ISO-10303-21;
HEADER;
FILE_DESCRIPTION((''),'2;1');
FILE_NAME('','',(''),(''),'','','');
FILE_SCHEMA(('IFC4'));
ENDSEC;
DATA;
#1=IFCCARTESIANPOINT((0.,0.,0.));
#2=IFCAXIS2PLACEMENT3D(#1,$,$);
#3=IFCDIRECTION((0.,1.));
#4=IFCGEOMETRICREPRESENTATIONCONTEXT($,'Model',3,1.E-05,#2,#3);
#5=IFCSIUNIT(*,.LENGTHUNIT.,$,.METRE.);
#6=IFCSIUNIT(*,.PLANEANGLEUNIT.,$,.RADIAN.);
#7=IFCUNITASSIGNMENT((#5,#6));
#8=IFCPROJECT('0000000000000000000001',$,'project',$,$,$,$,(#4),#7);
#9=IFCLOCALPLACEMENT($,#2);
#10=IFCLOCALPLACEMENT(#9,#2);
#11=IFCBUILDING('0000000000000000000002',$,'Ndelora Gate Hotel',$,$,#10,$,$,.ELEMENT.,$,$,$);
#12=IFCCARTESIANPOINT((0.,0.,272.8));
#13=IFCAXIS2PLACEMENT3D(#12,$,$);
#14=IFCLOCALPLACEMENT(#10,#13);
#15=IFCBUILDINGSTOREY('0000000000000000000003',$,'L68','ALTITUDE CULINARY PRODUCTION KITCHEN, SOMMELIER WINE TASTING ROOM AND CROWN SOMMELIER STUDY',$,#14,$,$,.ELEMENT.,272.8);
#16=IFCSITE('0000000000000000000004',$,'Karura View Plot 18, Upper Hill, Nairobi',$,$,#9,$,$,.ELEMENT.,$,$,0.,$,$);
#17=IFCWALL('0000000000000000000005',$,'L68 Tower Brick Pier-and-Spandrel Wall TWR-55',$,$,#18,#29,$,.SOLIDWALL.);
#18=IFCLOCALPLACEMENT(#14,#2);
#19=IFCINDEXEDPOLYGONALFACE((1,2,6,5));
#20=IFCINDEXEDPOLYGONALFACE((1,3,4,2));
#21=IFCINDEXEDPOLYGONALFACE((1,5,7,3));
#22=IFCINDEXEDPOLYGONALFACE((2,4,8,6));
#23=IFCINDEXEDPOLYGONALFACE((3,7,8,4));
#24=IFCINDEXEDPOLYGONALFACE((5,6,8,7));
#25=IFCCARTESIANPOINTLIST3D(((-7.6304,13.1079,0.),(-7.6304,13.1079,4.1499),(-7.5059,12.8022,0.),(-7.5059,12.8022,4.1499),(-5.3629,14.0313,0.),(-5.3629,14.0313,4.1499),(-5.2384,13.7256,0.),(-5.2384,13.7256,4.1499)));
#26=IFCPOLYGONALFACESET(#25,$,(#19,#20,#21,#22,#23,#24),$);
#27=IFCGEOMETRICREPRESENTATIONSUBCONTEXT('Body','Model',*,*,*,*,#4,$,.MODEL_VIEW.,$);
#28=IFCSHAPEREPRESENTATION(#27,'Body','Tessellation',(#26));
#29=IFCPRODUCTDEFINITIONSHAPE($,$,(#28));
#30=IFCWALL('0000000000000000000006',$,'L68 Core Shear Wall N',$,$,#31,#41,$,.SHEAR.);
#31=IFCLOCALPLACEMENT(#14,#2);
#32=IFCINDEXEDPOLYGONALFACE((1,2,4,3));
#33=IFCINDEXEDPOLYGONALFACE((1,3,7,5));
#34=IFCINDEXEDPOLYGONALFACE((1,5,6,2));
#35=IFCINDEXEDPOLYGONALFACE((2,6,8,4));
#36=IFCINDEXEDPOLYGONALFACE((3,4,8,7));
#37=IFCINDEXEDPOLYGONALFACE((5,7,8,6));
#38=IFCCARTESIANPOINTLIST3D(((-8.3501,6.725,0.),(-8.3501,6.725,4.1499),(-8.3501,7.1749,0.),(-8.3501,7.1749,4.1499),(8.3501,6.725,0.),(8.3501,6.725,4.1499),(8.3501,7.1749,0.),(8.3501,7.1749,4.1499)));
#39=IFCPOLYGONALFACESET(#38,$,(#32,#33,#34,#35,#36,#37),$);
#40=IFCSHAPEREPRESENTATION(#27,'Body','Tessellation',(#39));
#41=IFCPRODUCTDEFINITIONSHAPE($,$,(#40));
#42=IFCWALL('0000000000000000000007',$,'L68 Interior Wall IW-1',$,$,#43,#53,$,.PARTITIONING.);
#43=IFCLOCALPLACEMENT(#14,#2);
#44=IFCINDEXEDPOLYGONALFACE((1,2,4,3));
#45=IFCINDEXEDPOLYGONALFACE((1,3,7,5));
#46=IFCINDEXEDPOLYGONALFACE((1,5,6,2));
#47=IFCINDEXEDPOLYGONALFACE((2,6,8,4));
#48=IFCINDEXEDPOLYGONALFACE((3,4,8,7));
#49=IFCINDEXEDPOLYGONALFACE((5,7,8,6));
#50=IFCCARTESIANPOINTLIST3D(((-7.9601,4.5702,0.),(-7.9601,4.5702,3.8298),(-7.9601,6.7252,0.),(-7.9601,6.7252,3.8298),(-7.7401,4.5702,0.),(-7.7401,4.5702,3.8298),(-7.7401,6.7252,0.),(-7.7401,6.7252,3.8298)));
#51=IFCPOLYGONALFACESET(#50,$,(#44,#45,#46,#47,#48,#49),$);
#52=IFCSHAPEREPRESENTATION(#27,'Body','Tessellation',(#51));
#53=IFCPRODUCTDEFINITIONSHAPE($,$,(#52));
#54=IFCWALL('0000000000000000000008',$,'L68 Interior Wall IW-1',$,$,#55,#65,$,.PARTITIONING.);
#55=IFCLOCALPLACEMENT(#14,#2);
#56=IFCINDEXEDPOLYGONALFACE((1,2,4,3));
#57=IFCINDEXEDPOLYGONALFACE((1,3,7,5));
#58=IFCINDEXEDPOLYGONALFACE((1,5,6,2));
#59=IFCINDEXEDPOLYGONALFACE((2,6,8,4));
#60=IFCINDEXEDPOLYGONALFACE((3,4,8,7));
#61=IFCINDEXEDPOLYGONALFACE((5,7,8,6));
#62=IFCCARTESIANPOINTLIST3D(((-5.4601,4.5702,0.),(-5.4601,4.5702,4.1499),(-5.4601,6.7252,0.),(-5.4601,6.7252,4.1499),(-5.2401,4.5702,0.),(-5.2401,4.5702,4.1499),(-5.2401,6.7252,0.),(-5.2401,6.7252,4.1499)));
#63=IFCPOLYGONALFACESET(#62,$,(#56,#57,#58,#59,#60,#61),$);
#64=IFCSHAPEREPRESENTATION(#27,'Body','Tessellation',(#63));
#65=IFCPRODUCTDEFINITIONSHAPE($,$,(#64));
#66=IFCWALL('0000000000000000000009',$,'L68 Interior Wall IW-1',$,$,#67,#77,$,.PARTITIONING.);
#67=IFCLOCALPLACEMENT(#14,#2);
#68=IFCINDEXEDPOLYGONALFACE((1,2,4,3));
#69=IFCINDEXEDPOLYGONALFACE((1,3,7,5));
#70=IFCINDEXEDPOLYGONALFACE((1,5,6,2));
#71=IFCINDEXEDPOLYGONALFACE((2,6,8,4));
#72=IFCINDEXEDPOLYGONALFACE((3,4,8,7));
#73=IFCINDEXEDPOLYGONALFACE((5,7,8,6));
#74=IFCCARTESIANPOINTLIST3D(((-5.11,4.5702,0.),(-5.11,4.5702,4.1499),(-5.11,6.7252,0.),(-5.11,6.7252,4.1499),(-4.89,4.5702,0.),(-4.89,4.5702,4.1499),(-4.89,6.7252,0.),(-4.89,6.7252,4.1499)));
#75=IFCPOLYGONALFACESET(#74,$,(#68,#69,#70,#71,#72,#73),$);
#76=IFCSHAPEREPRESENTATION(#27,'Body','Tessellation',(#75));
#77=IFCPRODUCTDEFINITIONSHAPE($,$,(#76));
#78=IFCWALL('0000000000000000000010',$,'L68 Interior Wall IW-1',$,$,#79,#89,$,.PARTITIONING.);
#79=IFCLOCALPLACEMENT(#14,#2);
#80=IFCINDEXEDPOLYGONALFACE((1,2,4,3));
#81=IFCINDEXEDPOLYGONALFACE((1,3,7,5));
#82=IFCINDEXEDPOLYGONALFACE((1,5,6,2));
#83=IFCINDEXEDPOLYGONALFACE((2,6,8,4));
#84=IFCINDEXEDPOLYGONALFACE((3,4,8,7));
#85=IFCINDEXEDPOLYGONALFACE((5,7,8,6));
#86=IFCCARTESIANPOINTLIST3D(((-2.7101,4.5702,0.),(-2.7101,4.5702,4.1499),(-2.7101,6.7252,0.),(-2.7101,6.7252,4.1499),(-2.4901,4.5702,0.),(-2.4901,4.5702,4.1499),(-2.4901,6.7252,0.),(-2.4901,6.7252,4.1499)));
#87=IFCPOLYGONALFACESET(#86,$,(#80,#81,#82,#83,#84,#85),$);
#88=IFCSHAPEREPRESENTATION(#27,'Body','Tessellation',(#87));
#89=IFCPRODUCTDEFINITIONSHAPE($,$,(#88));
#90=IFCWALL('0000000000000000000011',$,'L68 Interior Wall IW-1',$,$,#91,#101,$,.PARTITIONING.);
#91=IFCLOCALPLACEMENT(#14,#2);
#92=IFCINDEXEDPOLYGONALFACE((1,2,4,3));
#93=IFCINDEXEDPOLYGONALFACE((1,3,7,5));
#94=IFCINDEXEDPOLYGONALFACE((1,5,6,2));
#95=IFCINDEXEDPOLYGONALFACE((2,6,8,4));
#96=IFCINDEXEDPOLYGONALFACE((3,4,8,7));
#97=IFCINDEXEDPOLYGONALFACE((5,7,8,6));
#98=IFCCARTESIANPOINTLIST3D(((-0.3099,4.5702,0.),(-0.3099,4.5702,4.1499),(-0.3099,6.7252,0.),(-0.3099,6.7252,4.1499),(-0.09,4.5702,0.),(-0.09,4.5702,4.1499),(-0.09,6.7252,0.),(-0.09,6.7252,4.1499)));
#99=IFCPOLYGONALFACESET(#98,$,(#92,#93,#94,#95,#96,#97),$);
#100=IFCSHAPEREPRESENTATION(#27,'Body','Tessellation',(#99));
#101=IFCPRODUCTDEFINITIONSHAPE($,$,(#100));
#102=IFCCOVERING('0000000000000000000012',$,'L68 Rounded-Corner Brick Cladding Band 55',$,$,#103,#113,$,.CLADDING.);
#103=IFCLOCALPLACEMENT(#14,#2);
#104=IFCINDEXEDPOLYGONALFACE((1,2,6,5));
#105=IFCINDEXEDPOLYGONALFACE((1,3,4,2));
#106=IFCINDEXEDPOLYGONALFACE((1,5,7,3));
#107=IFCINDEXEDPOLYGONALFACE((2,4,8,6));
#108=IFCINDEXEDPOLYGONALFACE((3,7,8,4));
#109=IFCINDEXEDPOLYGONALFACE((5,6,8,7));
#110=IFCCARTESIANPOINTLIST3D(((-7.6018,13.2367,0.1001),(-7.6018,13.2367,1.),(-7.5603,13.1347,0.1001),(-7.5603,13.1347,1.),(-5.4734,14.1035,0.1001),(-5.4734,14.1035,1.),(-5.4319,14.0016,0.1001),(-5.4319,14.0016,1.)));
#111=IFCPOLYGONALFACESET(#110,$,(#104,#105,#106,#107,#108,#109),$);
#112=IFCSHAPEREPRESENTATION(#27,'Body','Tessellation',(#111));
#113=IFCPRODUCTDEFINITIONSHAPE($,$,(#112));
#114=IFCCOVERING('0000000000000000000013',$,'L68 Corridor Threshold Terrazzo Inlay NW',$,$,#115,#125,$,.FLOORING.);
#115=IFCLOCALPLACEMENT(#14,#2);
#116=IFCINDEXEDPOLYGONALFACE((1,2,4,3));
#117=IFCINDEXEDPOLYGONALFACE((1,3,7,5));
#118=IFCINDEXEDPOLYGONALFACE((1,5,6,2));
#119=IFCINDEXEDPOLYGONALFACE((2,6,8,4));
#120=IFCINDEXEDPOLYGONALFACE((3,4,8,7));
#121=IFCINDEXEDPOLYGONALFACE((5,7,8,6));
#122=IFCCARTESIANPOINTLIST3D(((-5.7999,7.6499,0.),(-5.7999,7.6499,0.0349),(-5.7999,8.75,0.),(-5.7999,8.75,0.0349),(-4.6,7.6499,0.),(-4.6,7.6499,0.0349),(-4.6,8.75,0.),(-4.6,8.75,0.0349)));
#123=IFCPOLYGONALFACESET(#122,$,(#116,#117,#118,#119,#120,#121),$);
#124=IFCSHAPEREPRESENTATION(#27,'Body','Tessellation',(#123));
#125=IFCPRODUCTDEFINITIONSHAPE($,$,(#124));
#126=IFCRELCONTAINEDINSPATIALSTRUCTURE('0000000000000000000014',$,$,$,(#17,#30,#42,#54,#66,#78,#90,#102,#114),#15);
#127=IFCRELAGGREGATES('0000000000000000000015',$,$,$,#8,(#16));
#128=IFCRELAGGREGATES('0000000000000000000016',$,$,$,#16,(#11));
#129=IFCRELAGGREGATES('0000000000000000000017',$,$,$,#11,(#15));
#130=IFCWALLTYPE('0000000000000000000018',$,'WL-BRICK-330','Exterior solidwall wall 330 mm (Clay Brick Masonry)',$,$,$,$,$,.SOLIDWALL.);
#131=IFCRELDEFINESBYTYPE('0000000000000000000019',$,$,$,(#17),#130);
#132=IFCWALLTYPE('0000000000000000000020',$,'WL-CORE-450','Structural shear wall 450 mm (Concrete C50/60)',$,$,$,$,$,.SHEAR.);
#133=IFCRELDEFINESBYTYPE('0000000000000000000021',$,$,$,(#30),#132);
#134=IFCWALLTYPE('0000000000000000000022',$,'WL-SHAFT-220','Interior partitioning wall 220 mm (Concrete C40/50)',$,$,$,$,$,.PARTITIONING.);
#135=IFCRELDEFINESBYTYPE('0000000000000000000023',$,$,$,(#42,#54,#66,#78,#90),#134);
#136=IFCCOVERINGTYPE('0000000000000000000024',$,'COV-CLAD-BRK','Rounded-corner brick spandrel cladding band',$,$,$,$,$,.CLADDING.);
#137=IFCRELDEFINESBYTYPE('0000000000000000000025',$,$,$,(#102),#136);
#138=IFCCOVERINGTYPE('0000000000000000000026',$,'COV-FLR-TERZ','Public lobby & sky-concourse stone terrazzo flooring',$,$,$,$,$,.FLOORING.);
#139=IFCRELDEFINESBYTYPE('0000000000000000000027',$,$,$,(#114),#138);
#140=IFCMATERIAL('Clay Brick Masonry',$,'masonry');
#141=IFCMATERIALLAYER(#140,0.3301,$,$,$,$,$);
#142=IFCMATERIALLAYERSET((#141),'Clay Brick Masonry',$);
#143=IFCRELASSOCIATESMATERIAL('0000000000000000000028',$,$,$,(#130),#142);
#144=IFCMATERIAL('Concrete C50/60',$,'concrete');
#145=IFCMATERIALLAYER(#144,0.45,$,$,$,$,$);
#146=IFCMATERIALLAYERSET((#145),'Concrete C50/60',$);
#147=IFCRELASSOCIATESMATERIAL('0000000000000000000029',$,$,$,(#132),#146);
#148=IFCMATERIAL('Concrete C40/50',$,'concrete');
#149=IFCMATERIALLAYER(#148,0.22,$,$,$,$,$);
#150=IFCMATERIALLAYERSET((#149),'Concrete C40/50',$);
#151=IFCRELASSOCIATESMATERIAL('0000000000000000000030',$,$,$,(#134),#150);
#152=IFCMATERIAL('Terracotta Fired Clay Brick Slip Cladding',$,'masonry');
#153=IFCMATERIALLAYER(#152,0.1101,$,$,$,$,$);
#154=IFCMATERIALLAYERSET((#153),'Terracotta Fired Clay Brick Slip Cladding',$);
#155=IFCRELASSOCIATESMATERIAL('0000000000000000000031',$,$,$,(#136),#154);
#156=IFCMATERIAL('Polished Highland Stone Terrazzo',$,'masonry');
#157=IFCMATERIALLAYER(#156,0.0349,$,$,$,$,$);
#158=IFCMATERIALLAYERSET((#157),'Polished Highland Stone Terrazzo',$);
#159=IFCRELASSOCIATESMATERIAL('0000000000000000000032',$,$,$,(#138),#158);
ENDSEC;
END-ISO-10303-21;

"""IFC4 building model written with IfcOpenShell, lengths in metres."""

from ifc_helpers import new_model, si_unit, direction, frame, frame_2d, origin, origin_2d, place, context, subcontext, project, spatial, rectangle, extrude, material, layer, layer_set, type_object, element, save


model = new_model("IFC4")

# Units and contexts
model_context = context("Model", 3, precision=1e-05, world=origin(), true_north=direction((0.0, 1.0)))
body_context = subcontext(model_context, "Body", "Model", "MODEL_VIEW")
ifc_project = project(units=[si_unit("LENGTHUNIT", "METRE"), si_unit("PLANEANGLEUNIT", "RADIAN")], contexts=[model_context])

# Site, building, storey
site_placement = place(None, origin())
site = spatial("IfcSite", under=ifc_project, at=site_placement, Name="Karura View Plot 18, Upper Hill, Nairobi", CompositionType="ELEMENT", RefElevation=0.0)
building_placement = place(site_placement, origin())
building = spatial("IfcBuilding", under=site, at=building_placement, Name="Ndelora Gate Hotel", CompositionType="ELEMENT")
storey_placement = place(building_placement, frame((0.0, 0.0, 272.8)))
storey = spatial("IfcBuildingStorey", under=building, at=storey_placement, Name="L68", Description="ALTITUDE CULINARY PRODUCTION KITCHEN, SOMMELIER WINE TASTING ROOM AND CROWN SOMMELIER STUDY", CompositionType="ELEMENT", Elevation=272.8)

# Shared definitions
ifc_material_1 = material(Name="Concrete C50/60", Category="concrete")

# Shared definitions
ifc_material_2 = material(Name="Clay Brick Masonry", Category="masonry")
ifc_layer_1 = layer(ifc_material_2, 0.3301)
ifc_layer_set_1 = layer_set([ifc_layer_1], Name="Clay Brick Masonry")
wall_type_1 = type_object("IfcWallType", Name="WL-BRICK-330", Description="Exterior solidwall wall 330 mm (Clay Brick Masonry)", PredefinedType="SOLIDWALL", material=ifc_layer_set_1)

# Walls
for number, where, z_axis, x_axis, name in (
    (1, (-7.5681, 12.9551, 0.0), (0.0, 0.0, 1.0), (0.926148, 0.377161, 0.0), "L68 Tower Brick Pier-and-Spandrel Wall TWR-55"),
):
    element("IfcWall", number, at=place(storey_placement, frame(where, z_axis=z_axis, x_axis=x_axis)), inside=storey, type_object=wall_type_1, Name=name, PredefinedType="SOLIDWALL", context=body_context, shape_type="SweptSolid", body=[
        extrude(rectangle(XDim=2.4482, YDim=0.3301, at=frame_2d((1.2241, 0.0))), origin(), (0.0, 0.0, 1.0), 4.1499),
    ])
ifc_layer_2 = layer(ifc_material_1, 0.45)
ifc_layer_set_2 = layer_set([ifc_layer_2], Name="Concrete C50/60")
wall_type_2 = type_object("IfcWallType", Name="WL-CORE-450", Description="Structural shear wall 450 mm (Concrete C50/60)", PredefinedType="SHEAR", material=ifc_layer_set_2)
wall_1_placement = place(storey_placement, frame((-8.3501, 6.95, 0.0), z_axis=(0.0, 0.0, 1.0), x_axis=(1.0, 0.0, 0.0)))
element("IfcWall", 2, at=wall_1_placement, inside=storey, type_object=wall_type_2, Name="L68 Core Shear Wall N", PredefinedType="SHEAR", context=body_context, shape_type="SweptSolid", body=[
    extrude(rectangle(XDim=16.7002, YDim=0.45, at=frame_2d((8.3501, 0.0))), origin(), (0.0, 0.0, 1.0), 4.1499),
])
ifc_material_3 = material(Name="Concrete C40/50", Category="concrete")
ifc_layer_3 = layer(ifc_material_3, 0.22)
ifc_layer_set_3 = layer_set([ifc_layer_3], Name="Concrete C40/50")
wall_type_3 = type_object("IfcWallType", Name="WL-SHAFT-220", Description="Interior partitioning wall 220 mm (Concrete C40/50)", PredefinedType="PARTITIONING", material=ifc_layer_set_3)
wall_2_placement = place(storey_placement, frame((-7.8501, 4.5701, 0.0), z_axis=(0.0, 0.0, 1.0), x_axis=(0.0, 1.0, 0.0)))
element("IfcWall", 3, at=wall_2_placement, inside=storey, type_object=wall_type_3, Name="L68 Interior Wall IW-1", PredefinedType="PARTITIONING", context=body_context, shape_type="SweptSolid", body=[
    extrude(rectangle(XDim=2.155, YDim=0.22, at=frame_2d((1.0776, 0.0))), origin(), (0.0, 0.0, 1.0), 3.8298),
])
for number, where, z_axis, x_axis, name in (
    (4, (-5.3501, 4.5701, 0.0), (0.0, 0.0, 1.0), (0.0, 1.0, 0.0), "L68 Interior Wall IW-1"),
    (5, (-5.0, 4.5701, 0.0), (0.0, 0.0, 1.0), (0.0, 1.0, 0.0), "L68 Interior Wall IW-1"),
    (6, (-2.6001, 4.5701, 0.0), (0.0, 0.0, 1.0), (0.0, 1.0, 0.0), "L68 Interior Wall IW-1"),
    (7, (-0.2, 4.5701, 0.0), (0.0, 0.0, 1.0), (0.0, 1.0, 0.0), "L68 Interior Wall IW-1"),
):
    element("IfcWall", number, at=place(storey_placement, frame(where, z_axis=z_axis, x_axis=x_axis)), inside=storey, type_object=wall_type_3, Name=name, PredefinedType="PARTITIONING", context=body_context, shape_type="SweptSolid", body=[
        extrude(rectangle(XDim=2.155, YDim=0.22, at=frame_2d((1.0776, 0.0))), origin(), (0.0, 0.0, 1.0), 4.1499),
    ])

# Coverings
ifc_material_4 = material(Name="Terracotta Fired Clay Brick Slip Cladding", Category="masonry")
ifc_layer_4 = layer(ifc_material_4, 0.1101)
ifc_layer_set_4 = layer_set([ifc_layer_4], Name="Terracotta Fired Clay Brick Slip Cladding")
covering_type_1 = type_object("IfcCoveringType", Name="COV-CLAD-BRK", Description="Rounded-corner brick spandrel cladding band", PredefinedType="CLADDING", material=ifc_layer_set_4)
covering_1_placement = place(storey_placement, frame((-6.5168, 13.6191, 0.1001), z_axis=(0.0, 0.0, 1.0), x_axis=(0.926134, 0.377194, 0.0)))
element("IfcCovering", 8, at=covering_1_placement, inside=storey, type_object=covering_type_1, Name="L68 Rounded-Corner Brick Cladding Band 55", PredefinedType="CLADDING", context=body_context, shape_type="SweptSolid", body=[
    extrude(rectangle(XDim=2.2981, YDim=0.1101, at=origin_2d()), origin(), (0.0, 0.0, 1.0), 0.8999),
])
ifc_material_5 = material(Name="Polished Highland Stone Terrazzo", Category="masonry")
ifc_layer_5 = layer(ifc_material_5, 0.0349)
ifc_layer_set_5 = layer_set([ifc_layer_5], Name="Polished Highland Stone Terrazzo")
covering_type_2 = type_object("IfcCoveringType", Name="COV-FLR-TERZ", Description="Public lobby & sky-concourse stone terrazzo flooring", PredefinedType="FLOORING", material=ifc_layer_set_5)
covering_2_placement = place(storey_placement, frame((-5.2, 8.2, 0.0), z_axis=(0.0, 0.0, 1.0), x_axis=(1.0, 0.0, 0.0)))
element("IfcCovering", 9, at=covering_2_placement, inside=storey, type_object=covering_type_2, Name="L68 Corridor Threshold Terrazzo Inlay NW", PredefinedType="FLOORING", context=body_context, shape_type="SweptSolid", body=[
    extrude(rectangle(XDim=1.2, YDim=1.1001, at=origin_2d()), origin(), (0.0, 0.0, 1.0), 0.0349),
])

save(model, "model.ifc")
